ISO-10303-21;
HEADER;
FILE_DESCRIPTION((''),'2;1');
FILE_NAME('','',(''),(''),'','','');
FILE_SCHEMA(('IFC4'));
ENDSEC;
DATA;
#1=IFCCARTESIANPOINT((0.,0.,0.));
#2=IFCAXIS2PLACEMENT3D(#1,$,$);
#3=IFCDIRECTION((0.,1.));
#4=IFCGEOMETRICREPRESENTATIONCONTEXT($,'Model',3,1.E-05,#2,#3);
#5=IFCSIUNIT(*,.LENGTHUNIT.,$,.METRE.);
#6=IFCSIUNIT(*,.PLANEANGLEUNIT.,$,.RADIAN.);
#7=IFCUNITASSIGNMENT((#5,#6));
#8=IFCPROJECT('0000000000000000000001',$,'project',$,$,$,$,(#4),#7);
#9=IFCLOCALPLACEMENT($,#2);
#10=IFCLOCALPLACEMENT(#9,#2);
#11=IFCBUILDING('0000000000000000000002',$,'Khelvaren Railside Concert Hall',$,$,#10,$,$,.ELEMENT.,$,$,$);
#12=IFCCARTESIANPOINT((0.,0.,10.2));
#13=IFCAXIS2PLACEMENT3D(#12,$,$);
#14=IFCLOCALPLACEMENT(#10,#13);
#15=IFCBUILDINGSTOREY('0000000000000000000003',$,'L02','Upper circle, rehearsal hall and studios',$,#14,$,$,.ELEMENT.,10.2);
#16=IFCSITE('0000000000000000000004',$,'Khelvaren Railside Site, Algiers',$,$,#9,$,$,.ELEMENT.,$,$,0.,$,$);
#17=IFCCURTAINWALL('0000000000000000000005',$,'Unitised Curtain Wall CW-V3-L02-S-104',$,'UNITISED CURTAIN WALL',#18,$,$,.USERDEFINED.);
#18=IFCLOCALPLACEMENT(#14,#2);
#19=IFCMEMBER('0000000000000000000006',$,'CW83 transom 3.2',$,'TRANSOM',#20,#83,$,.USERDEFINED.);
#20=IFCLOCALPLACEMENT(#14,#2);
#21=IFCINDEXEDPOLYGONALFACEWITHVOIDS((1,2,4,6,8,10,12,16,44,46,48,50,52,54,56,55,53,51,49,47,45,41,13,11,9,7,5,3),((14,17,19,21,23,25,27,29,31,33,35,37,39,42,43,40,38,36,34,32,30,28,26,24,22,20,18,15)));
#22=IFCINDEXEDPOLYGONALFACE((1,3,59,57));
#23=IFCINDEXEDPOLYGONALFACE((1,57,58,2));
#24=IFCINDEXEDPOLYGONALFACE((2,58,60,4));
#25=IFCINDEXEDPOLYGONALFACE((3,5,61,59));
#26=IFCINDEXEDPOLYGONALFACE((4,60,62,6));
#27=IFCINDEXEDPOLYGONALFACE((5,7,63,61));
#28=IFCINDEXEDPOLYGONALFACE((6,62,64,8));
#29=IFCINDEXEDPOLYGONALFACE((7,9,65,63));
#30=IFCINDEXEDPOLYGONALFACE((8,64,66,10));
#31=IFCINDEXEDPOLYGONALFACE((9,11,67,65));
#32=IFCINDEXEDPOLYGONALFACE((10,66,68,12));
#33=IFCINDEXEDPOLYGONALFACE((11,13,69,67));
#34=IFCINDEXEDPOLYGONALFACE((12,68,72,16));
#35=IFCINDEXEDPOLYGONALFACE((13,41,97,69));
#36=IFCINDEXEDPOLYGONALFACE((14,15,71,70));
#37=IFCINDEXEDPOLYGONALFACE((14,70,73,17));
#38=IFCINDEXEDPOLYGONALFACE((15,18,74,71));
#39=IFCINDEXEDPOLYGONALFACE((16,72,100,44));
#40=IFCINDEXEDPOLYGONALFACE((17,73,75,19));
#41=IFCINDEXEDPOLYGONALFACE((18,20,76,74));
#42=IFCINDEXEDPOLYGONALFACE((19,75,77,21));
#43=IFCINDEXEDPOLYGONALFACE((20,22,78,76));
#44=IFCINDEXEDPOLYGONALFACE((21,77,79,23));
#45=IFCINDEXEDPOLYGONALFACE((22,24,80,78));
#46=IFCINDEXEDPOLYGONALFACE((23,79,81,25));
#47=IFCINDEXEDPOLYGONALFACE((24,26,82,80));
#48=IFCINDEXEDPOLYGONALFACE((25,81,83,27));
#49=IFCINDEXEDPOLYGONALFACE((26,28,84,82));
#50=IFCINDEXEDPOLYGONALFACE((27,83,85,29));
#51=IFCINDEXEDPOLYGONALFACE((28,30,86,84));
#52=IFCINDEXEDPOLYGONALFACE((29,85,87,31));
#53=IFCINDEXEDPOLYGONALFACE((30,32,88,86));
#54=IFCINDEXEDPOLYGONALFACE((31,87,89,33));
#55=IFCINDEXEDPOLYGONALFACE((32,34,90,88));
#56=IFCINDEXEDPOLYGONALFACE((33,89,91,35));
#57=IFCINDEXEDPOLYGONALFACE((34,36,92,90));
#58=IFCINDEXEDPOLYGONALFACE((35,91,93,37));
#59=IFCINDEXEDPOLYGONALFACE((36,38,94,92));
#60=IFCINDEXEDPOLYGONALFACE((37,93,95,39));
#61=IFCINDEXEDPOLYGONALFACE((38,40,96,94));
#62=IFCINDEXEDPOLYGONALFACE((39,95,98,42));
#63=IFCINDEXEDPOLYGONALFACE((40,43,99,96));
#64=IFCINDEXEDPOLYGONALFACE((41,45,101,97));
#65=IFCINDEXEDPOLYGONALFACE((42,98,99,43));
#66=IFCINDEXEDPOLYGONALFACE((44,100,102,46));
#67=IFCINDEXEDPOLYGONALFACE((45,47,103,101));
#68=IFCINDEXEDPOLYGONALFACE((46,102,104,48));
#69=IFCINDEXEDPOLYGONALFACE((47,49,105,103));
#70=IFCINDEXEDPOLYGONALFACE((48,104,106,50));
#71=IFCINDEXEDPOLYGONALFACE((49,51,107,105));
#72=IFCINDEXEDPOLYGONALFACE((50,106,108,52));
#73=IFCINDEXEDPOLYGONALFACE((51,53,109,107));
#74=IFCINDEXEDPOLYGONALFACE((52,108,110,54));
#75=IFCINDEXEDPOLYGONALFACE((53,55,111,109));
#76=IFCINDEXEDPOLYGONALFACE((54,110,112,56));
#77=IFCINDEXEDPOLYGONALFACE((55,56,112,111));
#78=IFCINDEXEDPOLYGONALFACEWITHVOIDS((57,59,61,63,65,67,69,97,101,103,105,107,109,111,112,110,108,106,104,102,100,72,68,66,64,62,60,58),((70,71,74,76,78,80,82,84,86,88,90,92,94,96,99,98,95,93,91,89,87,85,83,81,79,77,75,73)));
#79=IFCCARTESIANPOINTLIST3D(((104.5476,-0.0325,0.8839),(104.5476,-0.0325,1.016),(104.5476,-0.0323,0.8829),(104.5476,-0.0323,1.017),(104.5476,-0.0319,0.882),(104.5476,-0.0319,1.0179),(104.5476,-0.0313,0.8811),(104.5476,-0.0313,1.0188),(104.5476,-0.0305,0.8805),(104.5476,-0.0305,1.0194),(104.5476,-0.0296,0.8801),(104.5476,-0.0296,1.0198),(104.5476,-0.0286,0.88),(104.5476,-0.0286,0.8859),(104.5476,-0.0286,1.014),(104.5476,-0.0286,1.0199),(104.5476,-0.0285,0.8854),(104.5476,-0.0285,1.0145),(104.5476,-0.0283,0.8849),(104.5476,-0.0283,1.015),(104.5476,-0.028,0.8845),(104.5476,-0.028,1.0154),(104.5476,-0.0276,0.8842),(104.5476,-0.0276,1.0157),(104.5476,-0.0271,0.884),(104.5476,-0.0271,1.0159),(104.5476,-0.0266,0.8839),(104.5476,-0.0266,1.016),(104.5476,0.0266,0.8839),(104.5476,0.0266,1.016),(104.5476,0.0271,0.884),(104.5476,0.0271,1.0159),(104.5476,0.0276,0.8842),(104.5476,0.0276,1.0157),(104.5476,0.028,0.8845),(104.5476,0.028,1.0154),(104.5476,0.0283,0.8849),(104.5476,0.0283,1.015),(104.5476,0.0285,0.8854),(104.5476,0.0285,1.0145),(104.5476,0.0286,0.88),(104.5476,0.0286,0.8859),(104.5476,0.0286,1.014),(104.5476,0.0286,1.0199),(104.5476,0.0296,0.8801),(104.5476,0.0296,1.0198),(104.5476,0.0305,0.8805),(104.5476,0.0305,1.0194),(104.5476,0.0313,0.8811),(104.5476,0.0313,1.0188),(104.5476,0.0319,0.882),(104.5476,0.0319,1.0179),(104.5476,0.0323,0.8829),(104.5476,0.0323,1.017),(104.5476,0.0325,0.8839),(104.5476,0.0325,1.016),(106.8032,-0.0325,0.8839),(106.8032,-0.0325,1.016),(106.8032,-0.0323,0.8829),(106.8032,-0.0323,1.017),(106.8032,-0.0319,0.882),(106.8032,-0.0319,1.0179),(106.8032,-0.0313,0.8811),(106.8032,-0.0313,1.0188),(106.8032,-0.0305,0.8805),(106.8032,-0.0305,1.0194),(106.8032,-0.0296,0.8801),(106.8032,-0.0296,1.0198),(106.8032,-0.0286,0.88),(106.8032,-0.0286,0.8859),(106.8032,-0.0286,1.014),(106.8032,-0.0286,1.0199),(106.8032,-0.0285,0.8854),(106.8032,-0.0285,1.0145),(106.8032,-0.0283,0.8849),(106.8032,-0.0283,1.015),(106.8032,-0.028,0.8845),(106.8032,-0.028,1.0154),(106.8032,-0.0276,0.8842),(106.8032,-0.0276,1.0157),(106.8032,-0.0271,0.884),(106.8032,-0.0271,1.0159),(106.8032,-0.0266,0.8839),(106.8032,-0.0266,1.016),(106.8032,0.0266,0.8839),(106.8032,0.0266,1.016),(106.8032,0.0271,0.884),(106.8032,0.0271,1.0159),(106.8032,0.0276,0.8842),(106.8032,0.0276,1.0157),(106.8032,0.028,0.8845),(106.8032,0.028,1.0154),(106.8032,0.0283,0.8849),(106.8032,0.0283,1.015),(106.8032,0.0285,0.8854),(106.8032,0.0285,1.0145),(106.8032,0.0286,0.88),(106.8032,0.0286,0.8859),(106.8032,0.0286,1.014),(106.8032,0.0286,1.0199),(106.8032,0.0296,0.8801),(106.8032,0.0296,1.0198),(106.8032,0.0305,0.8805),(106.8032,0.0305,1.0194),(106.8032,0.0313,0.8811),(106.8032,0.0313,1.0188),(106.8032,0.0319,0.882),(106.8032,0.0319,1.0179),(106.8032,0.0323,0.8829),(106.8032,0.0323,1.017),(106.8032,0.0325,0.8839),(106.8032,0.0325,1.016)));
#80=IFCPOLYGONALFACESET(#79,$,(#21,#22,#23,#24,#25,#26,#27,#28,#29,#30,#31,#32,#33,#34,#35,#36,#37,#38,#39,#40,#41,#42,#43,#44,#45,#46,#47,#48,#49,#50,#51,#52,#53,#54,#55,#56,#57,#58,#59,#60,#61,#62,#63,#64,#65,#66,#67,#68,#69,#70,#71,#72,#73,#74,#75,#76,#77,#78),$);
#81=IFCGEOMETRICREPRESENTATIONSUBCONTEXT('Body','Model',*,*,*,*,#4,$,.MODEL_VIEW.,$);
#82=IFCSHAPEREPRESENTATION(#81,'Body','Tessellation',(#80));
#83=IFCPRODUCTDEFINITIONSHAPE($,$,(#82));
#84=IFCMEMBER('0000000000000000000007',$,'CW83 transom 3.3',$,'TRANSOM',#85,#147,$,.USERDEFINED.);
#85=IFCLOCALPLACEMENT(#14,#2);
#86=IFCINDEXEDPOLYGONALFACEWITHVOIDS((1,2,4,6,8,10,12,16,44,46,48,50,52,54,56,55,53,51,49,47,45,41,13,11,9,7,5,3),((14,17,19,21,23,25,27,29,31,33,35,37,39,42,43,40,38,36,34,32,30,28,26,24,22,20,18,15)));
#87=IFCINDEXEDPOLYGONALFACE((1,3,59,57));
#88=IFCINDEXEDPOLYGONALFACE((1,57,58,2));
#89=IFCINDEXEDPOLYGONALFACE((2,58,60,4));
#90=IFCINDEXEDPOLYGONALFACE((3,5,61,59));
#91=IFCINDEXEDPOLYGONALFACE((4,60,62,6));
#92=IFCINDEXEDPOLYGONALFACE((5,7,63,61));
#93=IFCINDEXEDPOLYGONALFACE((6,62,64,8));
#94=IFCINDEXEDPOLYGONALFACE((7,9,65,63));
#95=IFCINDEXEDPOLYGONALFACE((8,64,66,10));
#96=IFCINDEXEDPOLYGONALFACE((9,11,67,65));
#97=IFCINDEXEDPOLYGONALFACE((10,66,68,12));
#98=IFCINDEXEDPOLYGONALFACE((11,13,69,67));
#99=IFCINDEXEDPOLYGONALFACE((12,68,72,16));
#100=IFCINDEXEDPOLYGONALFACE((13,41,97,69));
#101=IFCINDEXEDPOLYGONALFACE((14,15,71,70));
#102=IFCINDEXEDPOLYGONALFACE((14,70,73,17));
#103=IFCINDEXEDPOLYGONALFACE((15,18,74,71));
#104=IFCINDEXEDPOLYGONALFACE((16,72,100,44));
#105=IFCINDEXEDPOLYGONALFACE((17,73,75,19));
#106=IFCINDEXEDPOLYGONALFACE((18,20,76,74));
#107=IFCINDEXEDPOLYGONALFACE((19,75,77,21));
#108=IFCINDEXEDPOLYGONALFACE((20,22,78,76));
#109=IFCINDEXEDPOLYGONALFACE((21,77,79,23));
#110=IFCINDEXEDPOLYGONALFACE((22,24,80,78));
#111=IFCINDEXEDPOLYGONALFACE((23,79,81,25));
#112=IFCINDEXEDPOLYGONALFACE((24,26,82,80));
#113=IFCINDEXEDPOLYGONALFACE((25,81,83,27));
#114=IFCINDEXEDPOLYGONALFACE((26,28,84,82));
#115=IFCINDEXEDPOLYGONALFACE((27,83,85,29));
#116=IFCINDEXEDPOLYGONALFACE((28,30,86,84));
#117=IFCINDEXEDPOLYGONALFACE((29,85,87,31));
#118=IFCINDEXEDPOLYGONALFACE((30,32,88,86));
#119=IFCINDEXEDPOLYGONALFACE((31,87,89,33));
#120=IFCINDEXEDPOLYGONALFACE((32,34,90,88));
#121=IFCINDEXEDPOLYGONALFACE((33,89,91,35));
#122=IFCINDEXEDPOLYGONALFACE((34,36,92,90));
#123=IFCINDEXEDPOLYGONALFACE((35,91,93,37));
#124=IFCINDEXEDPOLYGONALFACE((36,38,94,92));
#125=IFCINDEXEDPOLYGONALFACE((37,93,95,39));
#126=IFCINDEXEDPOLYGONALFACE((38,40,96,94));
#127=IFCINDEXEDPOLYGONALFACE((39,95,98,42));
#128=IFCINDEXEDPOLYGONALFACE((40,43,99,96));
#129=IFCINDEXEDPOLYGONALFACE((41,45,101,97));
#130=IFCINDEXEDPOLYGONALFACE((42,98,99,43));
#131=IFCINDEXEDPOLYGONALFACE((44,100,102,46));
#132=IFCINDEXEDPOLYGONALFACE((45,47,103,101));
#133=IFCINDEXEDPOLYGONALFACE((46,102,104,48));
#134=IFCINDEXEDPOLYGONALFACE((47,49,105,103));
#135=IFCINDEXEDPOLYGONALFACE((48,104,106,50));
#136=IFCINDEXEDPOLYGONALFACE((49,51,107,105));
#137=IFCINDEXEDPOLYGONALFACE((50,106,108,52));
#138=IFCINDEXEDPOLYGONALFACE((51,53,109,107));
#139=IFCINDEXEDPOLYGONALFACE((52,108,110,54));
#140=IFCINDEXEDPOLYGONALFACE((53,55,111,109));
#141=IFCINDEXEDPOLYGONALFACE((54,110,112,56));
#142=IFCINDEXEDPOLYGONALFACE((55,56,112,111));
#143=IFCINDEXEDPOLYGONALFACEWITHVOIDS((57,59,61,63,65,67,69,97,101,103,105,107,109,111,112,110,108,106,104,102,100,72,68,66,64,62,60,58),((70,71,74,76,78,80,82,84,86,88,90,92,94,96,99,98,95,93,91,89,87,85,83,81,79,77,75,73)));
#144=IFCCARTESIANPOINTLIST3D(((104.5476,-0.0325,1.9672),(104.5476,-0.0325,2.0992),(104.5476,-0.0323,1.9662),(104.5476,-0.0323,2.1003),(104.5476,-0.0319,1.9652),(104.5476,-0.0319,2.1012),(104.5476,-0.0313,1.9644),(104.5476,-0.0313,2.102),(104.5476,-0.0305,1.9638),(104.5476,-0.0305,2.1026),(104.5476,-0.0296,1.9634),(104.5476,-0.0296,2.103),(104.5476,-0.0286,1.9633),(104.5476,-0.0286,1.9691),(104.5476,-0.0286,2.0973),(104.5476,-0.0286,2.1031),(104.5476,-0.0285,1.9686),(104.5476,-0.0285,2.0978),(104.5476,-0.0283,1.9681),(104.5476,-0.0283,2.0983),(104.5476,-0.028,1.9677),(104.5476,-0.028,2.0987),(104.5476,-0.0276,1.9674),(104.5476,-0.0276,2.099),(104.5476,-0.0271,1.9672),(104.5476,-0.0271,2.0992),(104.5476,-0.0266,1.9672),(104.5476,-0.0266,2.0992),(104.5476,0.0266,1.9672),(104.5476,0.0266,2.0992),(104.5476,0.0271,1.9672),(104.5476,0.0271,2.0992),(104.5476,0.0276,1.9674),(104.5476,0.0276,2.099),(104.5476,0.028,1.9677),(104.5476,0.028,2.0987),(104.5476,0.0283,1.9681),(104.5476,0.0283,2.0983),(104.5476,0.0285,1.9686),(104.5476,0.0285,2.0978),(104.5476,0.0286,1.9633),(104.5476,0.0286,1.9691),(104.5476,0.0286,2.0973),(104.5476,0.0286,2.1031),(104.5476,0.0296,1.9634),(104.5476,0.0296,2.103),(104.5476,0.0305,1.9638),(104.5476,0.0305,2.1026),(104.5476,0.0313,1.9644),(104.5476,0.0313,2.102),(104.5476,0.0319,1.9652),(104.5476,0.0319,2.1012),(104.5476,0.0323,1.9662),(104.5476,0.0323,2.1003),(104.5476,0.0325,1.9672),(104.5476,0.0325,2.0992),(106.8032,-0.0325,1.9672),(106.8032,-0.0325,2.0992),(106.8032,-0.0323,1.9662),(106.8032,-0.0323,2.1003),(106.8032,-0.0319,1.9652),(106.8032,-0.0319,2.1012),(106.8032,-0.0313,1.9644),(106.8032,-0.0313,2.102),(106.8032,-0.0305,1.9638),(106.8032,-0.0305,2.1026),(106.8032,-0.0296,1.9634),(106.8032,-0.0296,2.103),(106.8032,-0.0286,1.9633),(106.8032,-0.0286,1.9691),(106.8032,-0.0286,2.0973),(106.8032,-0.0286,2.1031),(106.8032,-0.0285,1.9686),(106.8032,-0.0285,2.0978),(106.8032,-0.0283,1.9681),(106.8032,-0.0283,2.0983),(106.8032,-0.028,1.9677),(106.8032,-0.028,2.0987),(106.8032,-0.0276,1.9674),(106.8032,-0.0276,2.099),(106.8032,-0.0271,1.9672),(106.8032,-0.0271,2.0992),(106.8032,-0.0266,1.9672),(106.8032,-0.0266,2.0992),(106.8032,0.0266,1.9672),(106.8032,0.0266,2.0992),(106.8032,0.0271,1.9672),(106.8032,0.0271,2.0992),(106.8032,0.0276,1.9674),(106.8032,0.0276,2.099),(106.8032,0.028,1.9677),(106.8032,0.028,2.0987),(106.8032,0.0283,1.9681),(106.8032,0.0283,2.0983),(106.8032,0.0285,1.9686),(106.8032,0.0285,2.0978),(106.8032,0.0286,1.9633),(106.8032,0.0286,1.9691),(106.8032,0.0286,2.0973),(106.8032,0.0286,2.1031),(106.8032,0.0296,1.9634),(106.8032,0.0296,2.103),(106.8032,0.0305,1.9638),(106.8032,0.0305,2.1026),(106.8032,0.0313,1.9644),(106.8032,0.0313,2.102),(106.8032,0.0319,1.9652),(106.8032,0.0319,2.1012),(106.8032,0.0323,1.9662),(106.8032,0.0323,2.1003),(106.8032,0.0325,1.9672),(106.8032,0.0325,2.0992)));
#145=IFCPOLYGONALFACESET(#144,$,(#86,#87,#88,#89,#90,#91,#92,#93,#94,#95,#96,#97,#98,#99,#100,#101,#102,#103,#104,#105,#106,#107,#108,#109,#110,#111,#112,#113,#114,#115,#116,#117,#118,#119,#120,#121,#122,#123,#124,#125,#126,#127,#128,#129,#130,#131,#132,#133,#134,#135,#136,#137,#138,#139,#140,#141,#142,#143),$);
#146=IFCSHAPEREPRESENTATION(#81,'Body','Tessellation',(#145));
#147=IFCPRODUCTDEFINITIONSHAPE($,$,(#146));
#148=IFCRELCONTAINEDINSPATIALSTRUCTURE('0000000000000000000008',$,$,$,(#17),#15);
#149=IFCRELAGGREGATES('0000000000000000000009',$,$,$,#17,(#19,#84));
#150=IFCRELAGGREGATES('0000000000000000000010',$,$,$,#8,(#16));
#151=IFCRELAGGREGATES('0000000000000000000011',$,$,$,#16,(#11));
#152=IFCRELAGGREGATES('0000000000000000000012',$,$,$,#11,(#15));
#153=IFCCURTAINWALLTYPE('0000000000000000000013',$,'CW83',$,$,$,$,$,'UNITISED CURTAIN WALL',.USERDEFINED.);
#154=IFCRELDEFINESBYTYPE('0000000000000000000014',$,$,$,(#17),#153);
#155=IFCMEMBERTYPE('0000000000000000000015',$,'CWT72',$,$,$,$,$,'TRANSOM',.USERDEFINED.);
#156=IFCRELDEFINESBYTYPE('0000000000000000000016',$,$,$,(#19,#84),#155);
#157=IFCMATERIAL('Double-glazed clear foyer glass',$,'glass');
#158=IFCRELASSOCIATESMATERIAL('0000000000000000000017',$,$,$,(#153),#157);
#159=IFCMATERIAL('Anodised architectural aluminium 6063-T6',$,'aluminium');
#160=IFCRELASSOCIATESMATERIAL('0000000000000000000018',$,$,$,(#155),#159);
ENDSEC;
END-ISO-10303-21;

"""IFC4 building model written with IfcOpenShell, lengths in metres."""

from ifc_helpers import new_model, si_unit, direction, frame, origin, origin_2d, place, context, subcontext, project, spatial, hollow_rectangle, extrude, material, material_profile, profile_set, type_object, element, aggregate, save


model = new_model("IFC4")

# Units and contexts
model_context = context("Model", 3, precision=1e-05, world=origin(), true_north=direction((0.0, 1.0)))
body_context = subcontext(model_context, "Body", "Model", "MODEL_VIEW")
ifc_project = project(units=[si_unit("LENGTHUNIT", "METRE"), si_unit("PLANEANGLEUNIT", "RADIAN")], contexts=[model_context])

# Site, building, storey
site_placement = place(None, origin())
site = spatial("IfcSite", under=ifc_project, at=site_placement, Name="Khelvaren Railside Site, Algiers", CompositionType="ELEMENT", RefElevation=0.0)
building_placement = place(site_placement, origin())
building = spatial("IfcBuilding", under=site, at=building_placement, Name="Khelvaren Railside Concert Hall", CompositionType="ELEMENT")
storey_placement = place(building_placement, frame((0.0, 0.0, 10.2)))
storey = spatial("IfcBuildingStorey", under=building, at=storey_placement, Name="L02", Description="Upper circle, rehearsal hall and studios", CompositionType="ELEMENT", Elevation=10.2)

# Curtain wall
ifc_material_1 = material(Name="Double-glazed clear foyer glass", Category="glass")
ifc_material_2 = material(Name="Anodised architectural aluminium 6063-T6", Category="aluminium")
curtain_wall_type_1 = type_object("IfcCurtainWallType", Name="CW83", ElementType="UNITISED CURTAIN WALL", PredefinedType="USERDEFINED", material=ifc_material_1)
curtain_wall_1_placement = place(storey_placement, origin())
curtain_wall_1 = element("IfcCurtainWall", 1, at=curtain_wall_1_placement, inside=storey, type_object=curtain_wall_type_1, Name="Unitised Curtain Wall CW-V3-L02-S-104", ObjectType="UNITISED CURTAIN WALL", PredefinedType="USERDEFINED")

# Members
ifc_material_profile_1 = material_profile(ifc_material_2, hollow_rectangle(XDim=0.0649, YDim=0.1399, WallThickness=0.0039, InnerFilletRadius=0.002, OuterFilletRadius=0.0039, at=origin_2d()), Name="CWT 65x140x4")
ifc_profile_set_1 = profile_set([ifc_material_profile_1], Name="Anodised architectural aluminium 6063-T6")
member_type_1 = type_object("IfcMemberType", Name="CWT72", ElementType="TRANSOM", PredefinedType="USERDEFINED", material=ifc_profile_set_1)
member_1_placement = place(storey_placement, frame((106.8032, 0.0, 0.95), z_axis=(-1.0, 0.0, 0.0), x_axis=(0.0, -1.0, 0.0)))
member_1 = element("IfcMember", 2, at=member_1_placement, type_object=member_type_1, Name="CW83 transom 3.2", ObjectType="TRANSOM", PredefinedType="USERDEFINED", context=body_context, shape_type="SweptSolid", body=[
    extrude(hollow_rectangle(XDim=0.0649, YDim=0.1399, WallThickness=0.0039, InnerFilletRadius=0.002, OuterFilletRadius=0.0039, at=origin_2d()), origin(), (0.0, 0.0, 1.0), 2.2556),
])
member_2_placement = place(storey_placement, frame((106.8032, 0.0, 2.0332), z_axis=(-1.0, 0.0, 0.0), x_axis=(0.0, -1.0, 0.0)))
member_2 = element("IfcMember", 3, at=member_2_placement, type_object=member_type_1, Name="CW83 transom 3.3", ObjectType="TRANSOM", PredefinedType="USERDEFINED", context=body_context, shape_type="SweptSolid", body=[
    extrude(hollow_rectangle(XDim=0.0649, YDim=0.1399, WallThickness=0.0039, InnerFilletRadius=0.002, OuterFilletRadius=0.0039, at=origin_2d()), origin(), (0.0, 0.0, 1.0), 2.2556),
])

aggregate(curtain_wall_1, [member_1, member_2])

save(model, "model.ifc")
